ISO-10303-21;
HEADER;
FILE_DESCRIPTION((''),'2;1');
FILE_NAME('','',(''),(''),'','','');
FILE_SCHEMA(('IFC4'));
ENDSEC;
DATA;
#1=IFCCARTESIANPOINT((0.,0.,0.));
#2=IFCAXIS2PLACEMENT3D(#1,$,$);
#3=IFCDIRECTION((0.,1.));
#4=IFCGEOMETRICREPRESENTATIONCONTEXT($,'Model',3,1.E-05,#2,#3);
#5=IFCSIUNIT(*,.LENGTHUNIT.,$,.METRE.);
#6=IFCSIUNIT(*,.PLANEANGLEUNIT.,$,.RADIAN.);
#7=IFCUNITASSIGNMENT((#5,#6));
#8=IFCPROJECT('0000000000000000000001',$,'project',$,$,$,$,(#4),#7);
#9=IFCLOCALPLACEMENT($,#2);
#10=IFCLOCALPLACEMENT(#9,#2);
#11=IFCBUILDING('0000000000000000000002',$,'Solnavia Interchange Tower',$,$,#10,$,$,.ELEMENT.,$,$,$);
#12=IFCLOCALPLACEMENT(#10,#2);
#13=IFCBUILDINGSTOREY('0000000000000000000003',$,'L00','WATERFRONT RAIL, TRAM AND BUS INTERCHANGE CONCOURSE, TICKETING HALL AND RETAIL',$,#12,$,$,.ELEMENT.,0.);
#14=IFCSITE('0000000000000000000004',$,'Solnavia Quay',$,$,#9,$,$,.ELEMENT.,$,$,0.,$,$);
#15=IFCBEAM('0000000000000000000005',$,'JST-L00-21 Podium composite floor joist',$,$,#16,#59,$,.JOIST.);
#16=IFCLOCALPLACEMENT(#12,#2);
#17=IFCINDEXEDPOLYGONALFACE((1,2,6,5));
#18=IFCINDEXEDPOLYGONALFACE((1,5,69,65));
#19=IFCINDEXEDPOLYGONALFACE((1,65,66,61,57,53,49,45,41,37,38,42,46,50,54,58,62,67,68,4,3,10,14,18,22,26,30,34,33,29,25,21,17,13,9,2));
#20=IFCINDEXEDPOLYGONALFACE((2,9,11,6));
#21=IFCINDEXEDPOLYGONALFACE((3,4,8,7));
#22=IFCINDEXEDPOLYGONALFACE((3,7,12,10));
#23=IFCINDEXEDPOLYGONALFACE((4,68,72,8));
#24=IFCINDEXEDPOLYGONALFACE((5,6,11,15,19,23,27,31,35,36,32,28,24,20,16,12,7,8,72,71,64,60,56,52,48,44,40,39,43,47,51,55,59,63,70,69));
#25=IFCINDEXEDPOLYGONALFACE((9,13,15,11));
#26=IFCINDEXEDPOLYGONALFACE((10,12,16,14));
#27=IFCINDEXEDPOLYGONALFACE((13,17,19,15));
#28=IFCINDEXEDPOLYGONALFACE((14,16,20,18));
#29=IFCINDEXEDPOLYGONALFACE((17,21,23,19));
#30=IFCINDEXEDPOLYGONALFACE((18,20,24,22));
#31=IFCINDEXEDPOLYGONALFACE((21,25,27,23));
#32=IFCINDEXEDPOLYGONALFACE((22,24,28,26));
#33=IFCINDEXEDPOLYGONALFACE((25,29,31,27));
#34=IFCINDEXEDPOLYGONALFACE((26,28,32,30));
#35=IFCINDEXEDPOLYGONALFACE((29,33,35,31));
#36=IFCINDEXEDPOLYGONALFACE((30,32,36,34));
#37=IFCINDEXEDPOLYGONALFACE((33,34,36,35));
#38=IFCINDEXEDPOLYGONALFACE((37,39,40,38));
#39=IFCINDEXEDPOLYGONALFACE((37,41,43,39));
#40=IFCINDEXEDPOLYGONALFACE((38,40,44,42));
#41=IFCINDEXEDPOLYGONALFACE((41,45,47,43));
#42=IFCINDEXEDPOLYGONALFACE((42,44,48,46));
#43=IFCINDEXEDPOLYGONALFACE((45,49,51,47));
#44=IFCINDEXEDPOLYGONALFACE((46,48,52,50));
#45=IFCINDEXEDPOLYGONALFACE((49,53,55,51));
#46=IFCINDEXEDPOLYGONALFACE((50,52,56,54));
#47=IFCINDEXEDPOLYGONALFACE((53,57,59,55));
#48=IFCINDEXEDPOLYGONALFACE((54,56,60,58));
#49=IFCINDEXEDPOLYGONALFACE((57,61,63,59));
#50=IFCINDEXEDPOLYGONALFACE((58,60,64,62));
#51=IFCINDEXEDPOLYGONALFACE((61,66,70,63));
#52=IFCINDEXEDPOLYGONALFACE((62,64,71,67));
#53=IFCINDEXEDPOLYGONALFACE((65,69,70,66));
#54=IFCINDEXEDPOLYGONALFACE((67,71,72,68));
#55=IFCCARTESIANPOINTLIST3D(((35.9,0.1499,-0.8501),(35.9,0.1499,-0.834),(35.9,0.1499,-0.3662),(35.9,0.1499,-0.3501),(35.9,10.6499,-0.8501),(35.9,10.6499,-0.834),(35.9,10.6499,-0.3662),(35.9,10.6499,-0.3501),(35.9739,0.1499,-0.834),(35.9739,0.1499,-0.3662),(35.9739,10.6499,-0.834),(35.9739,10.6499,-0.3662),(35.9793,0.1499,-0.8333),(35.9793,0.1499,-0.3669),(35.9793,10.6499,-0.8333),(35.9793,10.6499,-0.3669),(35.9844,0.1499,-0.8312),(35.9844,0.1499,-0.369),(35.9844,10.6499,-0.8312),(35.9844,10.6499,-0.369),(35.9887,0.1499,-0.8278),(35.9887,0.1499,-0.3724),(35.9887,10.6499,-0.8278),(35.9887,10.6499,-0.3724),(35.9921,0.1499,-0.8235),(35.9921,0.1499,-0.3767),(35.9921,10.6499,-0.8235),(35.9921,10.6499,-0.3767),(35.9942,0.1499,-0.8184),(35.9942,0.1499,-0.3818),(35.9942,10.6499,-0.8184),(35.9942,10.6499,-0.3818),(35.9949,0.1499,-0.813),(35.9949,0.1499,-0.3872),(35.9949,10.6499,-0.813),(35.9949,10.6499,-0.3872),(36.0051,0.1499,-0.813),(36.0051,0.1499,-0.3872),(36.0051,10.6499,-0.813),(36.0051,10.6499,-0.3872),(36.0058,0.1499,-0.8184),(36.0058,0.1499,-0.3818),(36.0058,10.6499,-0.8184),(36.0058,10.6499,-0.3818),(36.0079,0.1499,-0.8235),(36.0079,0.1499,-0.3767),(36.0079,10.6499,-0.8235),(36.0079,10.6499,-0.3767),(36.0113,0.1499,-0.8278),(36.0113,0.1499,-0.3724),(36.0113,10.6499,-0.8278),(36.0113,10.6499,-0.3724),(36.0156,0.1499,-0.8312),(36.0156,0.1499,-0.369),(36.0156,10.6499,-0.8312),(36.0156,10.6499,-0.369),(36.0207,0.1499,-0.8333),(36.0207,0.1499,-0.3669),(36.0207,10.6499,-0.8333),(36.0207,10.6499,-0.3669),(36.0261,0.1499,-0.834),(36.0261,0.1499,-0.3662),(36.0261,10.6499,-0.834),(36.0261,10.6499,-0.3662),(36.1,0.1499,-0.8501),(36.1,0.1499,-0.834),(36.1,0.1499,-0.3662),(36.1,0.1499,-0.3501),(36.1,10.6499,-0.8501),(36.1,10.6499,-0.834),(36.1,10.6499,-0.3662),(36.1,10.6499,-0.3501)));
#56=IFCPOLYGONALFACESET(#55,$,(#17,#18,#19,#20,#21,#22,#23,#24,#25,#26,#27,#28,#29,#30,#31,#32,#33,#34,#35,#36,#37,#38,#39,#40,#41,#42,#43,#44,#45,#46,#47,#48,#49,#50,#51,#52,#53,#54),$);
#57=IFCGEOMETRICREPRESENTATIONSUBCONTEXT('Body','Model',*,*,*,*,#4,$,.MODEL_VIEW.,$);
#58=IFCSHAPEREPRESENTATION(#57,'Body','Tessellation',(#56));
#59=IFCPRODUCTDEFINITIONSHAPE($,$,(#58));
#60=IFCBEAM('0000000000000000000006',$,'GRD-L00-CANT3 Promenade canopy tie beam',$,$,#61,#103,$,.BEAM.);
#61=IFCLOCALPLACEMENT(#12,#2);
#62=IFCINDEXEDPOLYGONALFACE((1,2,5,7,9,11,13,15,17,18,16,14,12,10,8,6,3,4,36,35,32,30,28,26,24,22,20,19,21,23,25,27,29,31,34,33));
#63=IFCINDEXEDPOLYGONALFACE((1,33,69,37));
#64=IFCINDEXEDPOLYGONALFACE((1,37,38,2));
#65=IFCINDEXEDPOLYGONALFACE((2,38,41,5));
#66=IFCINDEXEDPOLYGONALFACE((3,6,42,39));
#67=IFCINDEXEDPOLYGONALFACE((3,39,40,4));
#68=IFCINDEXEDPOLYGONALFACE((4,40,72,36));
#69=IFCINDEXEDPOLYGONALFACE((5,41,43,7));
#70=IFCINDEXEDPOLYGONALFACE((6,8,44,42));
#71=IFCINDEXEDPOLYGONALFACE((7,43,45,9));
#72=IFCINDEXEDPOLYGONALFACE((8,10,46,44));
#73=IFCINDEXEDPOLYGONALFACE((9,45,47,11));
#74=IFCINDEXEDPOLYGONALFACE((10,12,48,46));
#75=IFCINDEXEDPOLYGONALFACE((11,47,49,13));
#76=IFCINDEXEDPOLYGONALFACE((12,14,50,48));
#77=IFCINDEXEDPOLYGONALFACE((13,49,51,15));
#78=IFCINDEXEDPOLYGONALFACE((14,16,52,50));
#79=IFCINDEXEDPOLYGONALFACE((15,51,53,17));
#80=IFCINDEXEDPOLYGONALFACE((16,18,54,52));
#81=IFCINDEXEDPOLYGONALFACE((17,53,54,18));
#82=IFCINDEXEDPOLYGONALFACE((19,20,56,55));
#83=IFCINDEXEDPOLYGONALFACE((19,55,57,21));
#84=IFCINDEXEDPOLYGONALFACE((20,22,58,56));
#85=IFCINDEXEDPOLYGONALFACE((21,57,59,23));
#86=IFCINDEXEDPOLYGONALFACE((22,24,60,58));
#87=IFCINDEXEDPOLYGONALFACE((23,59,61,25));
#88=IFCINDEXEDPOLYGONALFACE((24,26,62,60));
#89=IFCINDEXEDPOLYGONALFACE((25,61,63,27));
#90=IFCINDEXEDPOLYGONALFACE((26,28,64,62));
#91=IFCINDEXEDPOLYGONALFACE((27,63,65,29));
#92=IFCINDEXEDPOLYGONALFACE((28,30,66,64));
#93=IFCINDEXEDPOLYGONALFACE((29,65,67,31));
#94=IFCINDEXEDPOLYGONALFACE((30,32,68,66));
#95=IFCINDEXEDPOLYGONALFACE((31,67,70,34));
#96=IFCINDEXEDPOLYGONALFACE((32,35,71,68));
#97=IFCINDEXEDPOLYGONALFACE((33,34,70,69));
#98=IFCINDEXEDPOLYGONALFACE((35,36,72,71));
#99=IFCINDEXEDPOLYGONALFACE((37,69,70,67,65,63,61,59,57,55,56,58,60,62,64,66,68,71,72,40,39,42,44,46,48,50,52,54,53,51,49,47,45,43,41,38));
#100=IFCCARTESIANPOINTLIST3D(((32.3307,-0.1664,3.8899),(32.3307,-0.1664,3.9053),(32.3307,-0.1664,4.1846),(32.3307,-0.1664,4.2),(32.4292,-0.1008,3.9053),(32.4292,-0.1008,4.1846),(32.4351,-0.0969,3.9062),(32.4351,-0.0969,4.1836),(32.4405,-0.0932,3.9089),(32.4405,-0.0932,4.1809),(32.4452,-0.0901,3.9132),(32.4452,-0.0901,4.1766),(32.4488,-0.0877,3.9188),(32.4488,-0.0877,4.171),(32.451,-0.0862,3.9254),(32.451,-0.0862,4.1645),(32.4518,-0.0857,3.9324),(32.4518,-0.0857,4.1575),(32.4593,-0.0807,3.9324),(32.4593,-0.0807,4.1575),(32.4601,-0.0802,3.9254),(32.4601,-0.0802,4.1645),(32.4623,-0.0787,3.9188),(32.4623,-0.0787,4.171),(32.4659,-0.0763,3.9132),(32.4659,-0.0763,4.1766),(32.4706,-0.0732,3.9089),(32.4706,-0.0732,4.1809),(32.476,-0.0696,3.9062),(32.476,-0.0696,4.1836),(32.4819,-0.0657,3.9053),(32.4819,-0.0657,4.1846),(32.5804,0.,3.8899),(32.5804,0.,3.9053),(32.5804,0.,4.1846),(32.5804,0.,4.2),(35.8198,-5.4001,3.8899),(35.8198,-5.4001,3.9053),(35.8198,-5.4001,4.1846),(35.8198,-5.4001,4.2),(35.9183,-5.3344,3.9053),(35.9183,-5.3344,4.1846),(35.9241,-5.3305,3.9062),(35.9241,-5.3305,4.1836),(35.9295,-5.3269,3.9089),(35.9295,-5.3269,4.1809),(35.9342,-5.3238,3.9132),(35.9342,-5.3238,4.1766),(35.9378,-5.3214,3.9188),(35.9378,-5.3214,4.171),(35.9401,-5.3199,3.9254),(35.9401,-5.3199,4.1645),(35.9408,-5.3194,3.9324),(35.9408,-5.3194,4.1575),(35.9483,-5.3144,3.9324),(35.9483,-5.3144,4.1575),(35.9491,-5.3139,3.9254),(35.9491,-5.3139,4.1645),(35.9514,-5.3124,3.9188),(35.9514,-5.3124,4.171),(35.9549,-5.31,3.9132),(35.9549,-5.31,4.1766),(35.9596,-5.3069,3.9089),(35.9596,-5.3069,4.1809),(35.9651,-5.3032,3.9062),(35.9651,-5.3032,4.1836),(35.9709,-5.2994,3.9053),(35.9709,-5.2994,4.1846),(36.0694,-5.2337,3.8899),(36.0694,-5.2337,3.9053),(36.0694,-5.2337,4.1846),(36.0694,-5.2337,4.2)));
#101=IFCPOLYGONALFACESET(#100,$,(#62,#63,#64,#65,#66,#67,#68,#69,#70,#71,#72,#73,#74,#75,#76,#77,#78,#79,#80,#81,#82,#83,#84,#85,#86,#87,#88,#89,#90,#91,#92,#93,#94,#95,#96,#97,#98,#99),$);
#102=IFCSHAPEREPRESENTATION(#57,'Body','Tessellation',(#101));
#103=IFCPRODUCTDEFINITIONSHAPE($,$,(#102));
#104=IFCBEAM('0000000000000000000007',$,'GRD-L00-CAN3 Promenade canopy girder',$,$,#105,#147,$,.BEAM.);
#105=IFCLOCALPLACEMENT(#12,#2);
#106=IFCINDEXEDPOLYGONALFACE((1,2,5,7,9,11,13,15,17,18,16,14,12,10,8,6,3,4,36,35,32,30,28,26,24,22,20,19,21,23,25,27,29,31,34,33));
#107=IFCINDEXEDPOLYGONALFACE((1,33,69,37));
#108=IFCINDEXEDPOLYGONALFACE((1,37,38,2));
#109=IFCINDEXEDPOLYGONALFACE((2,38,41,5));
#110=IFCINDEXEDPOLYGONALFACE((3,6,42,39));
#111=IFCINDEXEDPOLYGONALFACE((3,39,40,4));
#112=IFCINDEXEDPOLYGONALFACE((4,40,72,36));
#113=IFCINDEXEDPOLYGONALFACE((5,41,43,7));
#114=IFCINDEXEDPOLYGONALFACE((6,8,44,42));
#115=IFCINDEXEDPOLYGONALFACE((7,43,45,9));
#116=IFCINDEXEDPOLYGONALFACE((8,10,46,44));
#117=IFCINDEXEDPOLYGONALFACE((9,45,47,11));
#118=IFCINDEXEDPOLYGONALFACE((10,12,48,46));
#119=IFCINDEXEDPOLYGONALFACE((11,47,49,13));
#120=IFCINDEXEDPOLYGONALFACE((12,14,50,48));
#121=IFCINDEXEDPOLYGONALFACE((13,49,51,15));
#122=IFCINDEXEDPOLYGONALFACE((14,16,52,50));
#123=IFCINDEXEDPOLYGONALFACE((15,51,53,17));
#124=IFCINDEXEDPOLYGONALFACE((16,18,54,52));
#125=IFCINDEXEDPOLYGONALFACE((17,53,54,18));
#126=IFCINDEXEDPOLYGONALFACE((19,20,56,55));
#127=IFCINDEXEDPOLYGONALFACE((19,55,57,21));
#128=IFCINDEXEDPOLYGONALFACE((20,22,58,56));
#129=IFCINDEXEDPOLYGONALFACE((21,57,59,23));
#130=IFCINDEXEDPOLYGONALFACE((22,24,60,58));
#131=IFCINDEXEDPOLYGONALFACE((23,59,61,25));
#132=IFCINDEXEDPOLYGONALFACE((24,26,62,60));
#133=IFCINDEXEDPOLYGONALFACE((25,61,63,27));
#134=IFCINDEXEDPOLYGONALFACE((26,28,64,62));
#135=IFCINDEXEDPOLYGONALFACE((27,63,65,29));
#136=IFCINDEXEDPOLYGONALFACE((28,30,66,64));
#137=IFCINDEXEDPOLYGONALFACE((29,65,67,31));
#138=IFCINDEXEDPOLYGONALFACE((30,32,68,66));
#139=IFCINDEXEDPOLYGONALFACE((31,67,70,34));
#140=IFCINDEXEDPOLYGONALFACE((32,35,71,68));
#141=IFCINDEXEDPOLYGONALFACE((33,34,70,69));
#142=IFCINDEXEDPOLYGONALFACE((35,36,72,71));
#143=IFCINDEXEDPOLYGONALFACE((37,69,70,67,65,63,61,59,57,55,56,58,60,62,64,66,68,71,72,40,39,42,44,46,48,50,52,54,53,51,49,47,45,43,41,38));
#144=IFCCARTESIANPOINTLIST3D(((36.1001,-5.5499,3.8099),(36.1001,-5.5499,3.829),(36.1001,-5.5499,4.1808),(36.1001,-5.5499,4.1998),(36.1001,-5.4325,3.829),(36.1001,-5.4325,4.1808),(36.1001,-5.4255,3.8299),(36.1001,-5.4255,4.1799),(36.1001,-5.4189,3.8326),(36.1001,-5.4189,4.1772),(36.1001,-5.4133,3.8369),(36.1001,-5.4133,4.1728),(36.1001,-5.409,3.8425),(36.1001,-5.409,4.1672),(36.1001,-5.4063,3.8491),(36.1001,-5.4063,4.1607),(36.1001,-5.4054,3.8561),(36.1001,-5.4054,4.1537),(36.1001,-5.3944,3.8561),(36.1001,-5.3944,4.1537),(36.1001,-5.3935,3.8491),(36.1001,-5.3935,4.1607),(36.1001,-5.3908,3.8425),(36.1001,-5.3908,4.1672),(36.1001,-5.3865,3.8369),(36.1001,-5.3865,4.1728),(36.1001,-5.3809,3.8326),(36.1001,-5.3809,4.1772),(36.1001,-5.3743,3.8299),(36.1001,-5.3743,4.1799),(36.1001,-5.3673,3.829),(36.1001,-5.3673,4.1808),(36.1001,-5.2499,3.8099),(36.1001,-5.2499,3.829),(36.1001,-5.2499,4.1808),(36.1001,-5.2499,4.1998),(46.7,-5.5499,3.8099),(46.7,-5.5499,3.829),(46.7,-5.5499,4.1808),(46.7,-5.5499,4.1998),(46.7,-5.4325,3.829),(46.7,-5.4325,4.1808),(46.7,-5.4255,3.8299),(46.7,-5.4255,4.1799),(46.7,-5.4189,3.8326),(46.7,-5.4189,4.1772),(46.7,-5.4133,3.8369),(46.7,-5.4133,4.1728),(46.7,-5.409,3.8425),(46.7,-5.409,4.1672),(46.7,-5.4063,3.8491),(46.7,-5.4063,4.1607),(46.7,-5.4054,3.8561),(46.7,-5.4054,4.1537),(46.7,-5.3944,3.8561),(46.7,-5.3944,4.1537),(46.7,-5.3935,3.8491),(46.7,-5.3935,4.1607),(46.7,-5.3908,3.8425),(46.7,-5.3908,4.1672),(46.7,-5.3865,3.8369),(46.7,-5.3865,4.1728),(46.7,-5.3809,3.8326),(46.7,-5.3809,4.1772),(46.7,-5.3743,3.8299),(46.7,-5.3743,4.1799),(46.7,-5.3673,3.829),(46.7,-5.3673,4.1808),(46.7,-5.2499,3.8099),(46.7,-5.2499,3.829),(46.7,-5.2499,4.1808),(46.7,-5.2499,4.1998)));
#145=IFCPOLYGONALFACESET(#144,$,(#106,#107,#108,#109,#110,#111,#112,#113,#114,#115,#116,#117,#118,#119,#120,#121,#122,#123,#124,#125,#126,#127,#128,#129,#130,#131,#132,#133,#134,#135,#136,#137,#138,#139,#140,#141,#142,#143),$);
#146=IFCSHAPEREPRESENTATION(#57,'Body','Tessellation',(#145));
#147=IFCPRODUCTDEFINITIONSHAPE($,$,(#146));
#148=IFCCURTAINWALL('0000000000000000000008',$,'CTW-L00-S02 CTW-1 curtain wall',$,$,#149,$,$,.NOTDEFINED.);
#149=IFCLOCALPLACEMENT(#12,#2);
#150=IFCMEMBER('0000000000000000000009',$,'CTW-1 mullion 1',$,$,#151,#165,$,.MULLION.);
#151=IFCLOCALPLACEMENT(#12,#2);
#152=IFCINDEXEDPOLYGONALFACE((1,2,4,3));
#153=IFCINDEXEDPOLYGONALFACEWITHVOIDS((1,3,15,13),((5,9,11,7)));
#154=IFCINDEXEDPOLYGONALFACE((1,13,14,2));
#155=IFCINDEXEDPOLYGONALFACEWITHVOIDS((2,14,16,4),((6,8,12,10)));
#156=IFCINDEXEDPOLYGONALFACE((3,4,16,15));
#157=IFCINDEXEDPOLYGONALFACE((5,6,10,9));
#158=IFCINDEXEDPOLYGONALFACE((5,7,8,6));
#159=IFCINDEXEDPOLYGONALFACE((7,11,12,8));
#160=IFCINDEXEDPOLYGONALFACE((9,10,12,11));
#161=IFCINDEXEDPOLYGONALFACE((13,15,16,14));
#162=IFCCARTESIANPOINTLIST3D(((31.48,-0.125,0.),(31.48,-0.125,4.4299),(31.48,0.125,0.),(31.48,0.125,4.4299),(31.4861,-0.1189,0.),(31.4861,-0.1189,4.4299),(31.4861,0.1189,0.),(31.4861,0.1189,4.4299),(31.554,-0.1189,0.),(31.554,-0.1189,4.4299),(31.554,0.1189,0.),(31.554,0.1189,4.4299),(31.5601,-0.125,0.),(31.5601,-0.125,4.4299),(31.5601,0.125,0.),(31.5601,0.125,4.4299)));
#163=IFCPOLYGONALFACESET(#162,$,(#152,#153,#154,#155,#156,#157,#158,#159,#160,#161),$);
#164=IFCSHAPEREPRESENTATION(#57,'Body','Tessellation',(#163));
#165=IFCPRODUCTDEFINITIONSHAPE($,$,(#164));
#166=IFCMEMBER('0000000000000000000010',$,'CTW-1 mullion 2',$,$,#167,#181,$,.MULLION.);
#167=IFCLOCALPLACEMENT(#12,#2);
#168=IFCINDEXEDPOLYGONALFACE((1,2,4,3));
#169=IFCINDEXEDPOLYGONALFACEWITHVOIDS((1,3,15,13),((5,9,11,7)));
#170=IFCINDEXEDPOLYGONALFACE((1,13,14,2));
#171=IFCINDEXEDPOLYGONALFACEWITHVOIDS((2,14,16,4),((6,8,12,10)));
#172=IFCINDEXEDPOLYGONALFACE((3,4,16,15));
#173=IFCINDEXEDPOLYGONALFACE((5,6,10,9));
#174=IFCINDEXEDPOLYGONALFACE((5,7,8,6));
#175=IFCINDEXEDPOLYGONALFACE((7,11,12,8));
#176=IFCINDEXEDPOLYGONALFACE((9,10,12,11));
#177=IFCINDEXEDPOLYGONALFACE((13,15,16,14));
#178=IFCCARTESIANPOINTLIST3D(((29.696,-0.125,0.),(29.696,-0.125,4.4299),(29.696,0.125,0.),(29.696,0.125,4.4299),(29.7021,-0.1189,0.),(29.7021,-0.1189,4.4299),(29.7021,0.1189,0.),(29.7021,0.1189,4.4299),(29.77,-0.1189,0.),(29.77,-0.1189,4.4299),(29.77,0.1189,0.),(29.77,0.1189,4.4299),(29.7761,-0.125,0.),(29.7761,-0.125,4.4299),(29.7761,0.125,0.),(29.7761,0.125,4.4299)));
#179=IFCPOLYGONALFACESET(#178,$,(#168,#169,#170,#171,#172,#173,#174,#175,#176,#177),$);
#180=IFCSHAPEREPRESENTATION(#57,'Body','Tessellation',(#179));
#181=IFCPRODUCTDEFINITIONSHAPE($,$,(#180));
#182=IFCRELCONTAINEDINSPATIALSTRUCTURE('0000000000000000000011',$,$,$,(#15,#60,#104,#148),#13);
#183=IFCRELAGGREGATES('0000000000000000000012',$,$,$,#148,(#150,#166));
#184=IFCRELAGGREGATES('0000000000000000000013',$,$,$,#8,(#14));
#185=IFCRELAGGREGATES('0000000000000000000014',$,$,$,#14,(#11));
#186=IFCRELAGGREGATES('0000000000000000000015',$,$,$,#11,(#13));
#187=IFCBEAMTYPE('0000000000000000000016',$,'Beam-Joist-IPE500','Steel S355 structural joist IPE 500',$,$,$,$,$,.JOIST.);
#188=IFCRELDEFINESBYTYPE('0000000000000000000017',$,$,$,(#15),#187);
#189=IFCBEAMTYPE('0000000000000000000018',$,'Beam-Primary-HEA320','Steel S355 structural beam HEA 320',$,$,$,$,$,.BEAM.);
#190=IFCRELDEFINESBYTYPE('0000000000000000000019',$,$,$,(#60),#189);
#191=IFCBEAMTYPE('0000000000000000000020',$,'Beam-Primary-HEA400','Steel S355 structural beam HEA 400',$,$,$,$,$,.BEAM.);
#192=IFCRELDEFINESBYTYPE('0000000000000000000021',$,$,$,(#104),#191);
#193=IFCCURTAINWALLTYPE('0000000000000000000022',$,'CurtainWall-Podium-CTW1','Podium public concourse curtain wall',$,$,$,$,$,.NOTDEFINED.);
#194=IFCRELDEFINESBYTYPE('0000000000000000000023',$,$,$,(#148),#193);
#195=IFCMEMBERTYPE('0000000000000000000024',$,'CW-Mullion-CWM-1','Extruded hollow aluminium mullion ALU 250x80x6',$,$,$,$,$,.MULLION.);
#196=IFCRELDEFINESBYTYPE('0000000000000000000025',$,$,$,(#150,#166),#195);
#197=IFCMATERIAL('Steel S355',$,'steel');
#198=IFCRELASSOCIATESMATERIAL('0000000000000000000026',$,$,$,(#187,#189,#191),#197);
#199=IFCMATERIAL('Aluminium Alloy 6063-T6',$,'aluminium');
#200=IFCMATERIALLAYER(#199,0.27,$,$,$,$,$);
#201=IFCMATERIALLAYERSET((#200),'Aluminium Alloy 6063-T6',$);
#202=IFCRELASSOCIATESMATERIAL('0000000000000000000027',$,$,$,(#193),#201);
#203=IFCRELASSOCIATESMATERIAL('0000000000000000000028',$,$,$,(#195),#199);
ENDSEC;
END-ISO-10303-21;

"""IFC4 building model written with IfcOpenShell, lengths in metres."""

from ifc_helpers import new_model, si_unit, direction, frame, origin, origin_2d, place, context, subcontext, project, spatial, hollow_rectangle, i_section, extrude, material, layer, layer_set, material_profile, profile_set, type_object, element, aggregate, save


model = new_model("IFC4")

# Units and contexts
model_context = context("Model", 3, precision=1e-05, world=origin(), true_north=direction((0.0, 1.0)))
body_context = subcontext(model_context, "Body", "Model", "MODEL_VIEW")
ifc_project = project(units=[si_unit("LENGTHUNIT", "METRE"), si_unit("PLANEANGLEUNIT", "RADIAN")], contexts=[model_context])

# Site, building, storey
site_placement = place(None, origin())
site = spatial("IfcSite", under=ifc_project, at=site_placement, Name="Solnavia Quay", CompositionType="ELEMENT", RefElevation=0.0)
building_placement = place(site_placement, origin())
building = spatial("IfcBuilding", under=site, at=building_placement, Name="Solnavia Interchange Tower", CompositionType="ELEMENT")
storey_placement = place(building_placement, origin())
storey = spatial("IfcBuildingStorey", under=building, at=storey_placement, Name="L00", Description="WATERFRONT RAIL, TRAM AND BUS INTERCHANGE CONCOURSE, TICKETING HALL AND RETAIL", CompositionType="ELEMENT", Elevation=0.0)

# Beams
ifc_material_1 = material(Name="Steel S355", Category="steel")
ifc_material_profile_1 = material_profile(ifc_material_1, i_section(OverallWidth=0.2, OverallDepth=0.5, WebThickness=0.0103, FlangeThickness=0.0161, FilletRadius=0.021, at=origin_2d()), Name="IPE 500")
ifc_profile_set_1 = profile_set([ifc_material_profile_1], Name="Steel S355")
beam_type_1 = type_object("IfcBeamType", Name="Beam-Joist-IPE500", Description="Steel S355 structural joist IPE 500", PredefinedType="JOIST", material=ifc_profile_set_1)
beam_1_placement = place(storey_placement, frame((36.0, 0.1499, -0.6001), z_axis=(0.0, 1.0, 0.0), x_axis=(-1.0, 0.0, 0.0)))
element("IfcBeam", 1, at=beam_1_placement, inside=storey, type_object=beam_type_1, Name="JST-L00-21 Podium composite floor joist", PredefinedType="JOIST", context=body_context, shape_type="SweptSolid", body=[
    extrude(i_section(OverallWidth=0.2, OverallDepth=0.5, WebThickness=0.0103, FlangeThickness=0.0161, FilletRadius=0.021, at=origin_2d()), origin(), (0.0, 0.0, 1.0), 10.5),
])
ifc_material_profile_2 = material_profile(ifc_material_1, i_section(OverallWidth=0.3, OverallDepth=0.3101, WebThickness=0.009, FlangeThickness=0.0154, FilletRadius=0.0271, at=origin_2d()), Name="HEA 320")
ifc_profile_set_2 = profile_set([ifc_material_profile_2], Name="Steel S355")
beam_type_2 = type_object("IfcBeamType", Name="Beam-Primary-HEA320", Description="Steel S355 structural beam HEA 320", PredefinedType="BEAM", material=ifc_profile_set_2)
beam_2_placement = place(storey_placement, frame((35.9446, -5.3169, 4.0449), z_axis=(-0.554691, 0.832056, 0.0), x_axis=(-0.832056, -0.554691, 0.0)))
element("IfcBeam", 2, at=beam_2_placement, inside=storey, type_object=beam_type_2, Name="GRD-L00-CANT3 Promenade canopy tie beam", PredefinedType="BEAM", context=body_context, shape_type="SweptSolid", body=[
    extrude(i_section(OverallWidth=0.3, OverallDepth=0.3101, WebThickness=0.009, FlangeThickness=0.0154, FilletRadius=0.0271, at=origin_2d()), origin(), (0.0, 0.0, 1.0), 6.29),
])
ifc_material_profile_3 = material_profile(ifc_material_1, i_section(OverallWidth=0.3, OverallDepth=0.3899, WebThickness=0.011, FlangeThickness=0.019, FilletRadius=0.0271, at=origin_2d()), Name="HEA 400")
ifc_profile_set_3 = profile_set([ifc_material_profile_3], Name="Steel S355")
beam_type_3 = type_object("IfcBeamType", Name="Beam-Primary-HEA400", Description="Steel S355 structural beam HEA 400", PredefinedType="BEAM", material=ifc_profile_set_3)
beam_3_placement = place(storey_placement, frame((36.1001, -5.3999, 4.0049), z_axis=(1.0, 0.0, 0.0), x_axis=(0.0, 1.0, 0.0)))
element("IfcBeam", 3, at=beam_3_placement, inside=storey, type_object=beam_type_3, Name="GRD-L00-CAN3 Promenade canopy girder", PredefinedType="BEAM", context=body_context, shape_type="SweptSolid", body=[
    extrude(i_section(OverallWidth=0.3, OverallDepth=0.3899, WebThickness=0.011, FlangeThickness=0.019, FilletRadius=0.0271, at=origin_2d()), origin(), (0.0, 0.0, 1.0), 10.5999),
])

# Curtain wall, members
ifc_material_2 = material(Name="Aluminium Alloy 6063-T6", Category="aluminium")
ifc_layer_1 = layer(ifc_material_2, 0.27)
ifc_layer_set_1 = layer_set([ifc_layer_1], Name="Aluminium Alloy 6063-T6")
curtain_wall_type = type_object("IfcCurtainWallType", Name="CurtainWall-Podium-CTW1", Description="Podium public concourse curtain wall", PredefinedType="NOTDEFINED", material=ifc_layer_set_1)
curtain_wall_1_placement = place(storey_placement, origin())
curtain_wall_1 = element("IfcCurtainWall", 4, at=curtain_wall_1_placement, inside=storey, type_object=curtain_wall_type, Name="CTW-L00-S02 CTW-1 curtain wall", PredefinedType="NOTDEFINED")
ifc_material_profile_4 = material_profile(ifc_material_2, hollow_rectangle(XDim=0.0801, YDim=0.25, WallThickness=0.0061, at=origin_2d()), Name="ALU 250x80x6")
ifc_profile_set_4 = profile_set([ifc_material_profile_4], Name="Aluminium Alloy 6063-T6")
member_type_1 = type_object("IfcMemberType", Name="CW-Mullion-CWM-1", Description="Extruded hollow aluminium mullion ALU 250x80x6", PredefinedType="MULLION", material=ifc_profile_set_4)
member_1_placement = place(storey_placement, frame((31.52, 0.0, 0.0), z_axis=(0.0, 0.0, 1.0), x_axis=(-1.0, 0.0, 0.0)))
member_1 = element("IfcMember", 5, at=member_1_placement, type_object=member_type_1, Name="CTW-1 mullion 1", PredefinedType="MULLION", context=body_context, shape_type="SweptSolid", body=[
    extrude(hollow_rectangle(XDim=0.0801, YDim=0.25, WallThickness=0.0061, at=origin_2d()), origin(), (0.0, 0.0, 1.0), 4.4299),
])
member_2_placement = place(storey_placement, frame((29.7361, 0.0, 0.0), z_axis=(0.0, 0.0, 1.0), x_axis=(-1.0, 0.0, 0.0)))
member_2 = element("IfcMember", 6, at=member_2_placement, type_object=member_type_1, Name="CTW-1 mullion 2", PredefinedType="MULLION", context=body_context, shape_type="SweptSolid", body=[
    extrude(hollow_rectangle(XDim=0.0801, YDim=0.25, WallThickness=0.0061, at=origin_2d()), origin(), (0.0, 0.0, 1.0), 4.4299),
])

aggregate(curtain_wall_1, [member_1, member_2])

save(model, "model.ifc")
